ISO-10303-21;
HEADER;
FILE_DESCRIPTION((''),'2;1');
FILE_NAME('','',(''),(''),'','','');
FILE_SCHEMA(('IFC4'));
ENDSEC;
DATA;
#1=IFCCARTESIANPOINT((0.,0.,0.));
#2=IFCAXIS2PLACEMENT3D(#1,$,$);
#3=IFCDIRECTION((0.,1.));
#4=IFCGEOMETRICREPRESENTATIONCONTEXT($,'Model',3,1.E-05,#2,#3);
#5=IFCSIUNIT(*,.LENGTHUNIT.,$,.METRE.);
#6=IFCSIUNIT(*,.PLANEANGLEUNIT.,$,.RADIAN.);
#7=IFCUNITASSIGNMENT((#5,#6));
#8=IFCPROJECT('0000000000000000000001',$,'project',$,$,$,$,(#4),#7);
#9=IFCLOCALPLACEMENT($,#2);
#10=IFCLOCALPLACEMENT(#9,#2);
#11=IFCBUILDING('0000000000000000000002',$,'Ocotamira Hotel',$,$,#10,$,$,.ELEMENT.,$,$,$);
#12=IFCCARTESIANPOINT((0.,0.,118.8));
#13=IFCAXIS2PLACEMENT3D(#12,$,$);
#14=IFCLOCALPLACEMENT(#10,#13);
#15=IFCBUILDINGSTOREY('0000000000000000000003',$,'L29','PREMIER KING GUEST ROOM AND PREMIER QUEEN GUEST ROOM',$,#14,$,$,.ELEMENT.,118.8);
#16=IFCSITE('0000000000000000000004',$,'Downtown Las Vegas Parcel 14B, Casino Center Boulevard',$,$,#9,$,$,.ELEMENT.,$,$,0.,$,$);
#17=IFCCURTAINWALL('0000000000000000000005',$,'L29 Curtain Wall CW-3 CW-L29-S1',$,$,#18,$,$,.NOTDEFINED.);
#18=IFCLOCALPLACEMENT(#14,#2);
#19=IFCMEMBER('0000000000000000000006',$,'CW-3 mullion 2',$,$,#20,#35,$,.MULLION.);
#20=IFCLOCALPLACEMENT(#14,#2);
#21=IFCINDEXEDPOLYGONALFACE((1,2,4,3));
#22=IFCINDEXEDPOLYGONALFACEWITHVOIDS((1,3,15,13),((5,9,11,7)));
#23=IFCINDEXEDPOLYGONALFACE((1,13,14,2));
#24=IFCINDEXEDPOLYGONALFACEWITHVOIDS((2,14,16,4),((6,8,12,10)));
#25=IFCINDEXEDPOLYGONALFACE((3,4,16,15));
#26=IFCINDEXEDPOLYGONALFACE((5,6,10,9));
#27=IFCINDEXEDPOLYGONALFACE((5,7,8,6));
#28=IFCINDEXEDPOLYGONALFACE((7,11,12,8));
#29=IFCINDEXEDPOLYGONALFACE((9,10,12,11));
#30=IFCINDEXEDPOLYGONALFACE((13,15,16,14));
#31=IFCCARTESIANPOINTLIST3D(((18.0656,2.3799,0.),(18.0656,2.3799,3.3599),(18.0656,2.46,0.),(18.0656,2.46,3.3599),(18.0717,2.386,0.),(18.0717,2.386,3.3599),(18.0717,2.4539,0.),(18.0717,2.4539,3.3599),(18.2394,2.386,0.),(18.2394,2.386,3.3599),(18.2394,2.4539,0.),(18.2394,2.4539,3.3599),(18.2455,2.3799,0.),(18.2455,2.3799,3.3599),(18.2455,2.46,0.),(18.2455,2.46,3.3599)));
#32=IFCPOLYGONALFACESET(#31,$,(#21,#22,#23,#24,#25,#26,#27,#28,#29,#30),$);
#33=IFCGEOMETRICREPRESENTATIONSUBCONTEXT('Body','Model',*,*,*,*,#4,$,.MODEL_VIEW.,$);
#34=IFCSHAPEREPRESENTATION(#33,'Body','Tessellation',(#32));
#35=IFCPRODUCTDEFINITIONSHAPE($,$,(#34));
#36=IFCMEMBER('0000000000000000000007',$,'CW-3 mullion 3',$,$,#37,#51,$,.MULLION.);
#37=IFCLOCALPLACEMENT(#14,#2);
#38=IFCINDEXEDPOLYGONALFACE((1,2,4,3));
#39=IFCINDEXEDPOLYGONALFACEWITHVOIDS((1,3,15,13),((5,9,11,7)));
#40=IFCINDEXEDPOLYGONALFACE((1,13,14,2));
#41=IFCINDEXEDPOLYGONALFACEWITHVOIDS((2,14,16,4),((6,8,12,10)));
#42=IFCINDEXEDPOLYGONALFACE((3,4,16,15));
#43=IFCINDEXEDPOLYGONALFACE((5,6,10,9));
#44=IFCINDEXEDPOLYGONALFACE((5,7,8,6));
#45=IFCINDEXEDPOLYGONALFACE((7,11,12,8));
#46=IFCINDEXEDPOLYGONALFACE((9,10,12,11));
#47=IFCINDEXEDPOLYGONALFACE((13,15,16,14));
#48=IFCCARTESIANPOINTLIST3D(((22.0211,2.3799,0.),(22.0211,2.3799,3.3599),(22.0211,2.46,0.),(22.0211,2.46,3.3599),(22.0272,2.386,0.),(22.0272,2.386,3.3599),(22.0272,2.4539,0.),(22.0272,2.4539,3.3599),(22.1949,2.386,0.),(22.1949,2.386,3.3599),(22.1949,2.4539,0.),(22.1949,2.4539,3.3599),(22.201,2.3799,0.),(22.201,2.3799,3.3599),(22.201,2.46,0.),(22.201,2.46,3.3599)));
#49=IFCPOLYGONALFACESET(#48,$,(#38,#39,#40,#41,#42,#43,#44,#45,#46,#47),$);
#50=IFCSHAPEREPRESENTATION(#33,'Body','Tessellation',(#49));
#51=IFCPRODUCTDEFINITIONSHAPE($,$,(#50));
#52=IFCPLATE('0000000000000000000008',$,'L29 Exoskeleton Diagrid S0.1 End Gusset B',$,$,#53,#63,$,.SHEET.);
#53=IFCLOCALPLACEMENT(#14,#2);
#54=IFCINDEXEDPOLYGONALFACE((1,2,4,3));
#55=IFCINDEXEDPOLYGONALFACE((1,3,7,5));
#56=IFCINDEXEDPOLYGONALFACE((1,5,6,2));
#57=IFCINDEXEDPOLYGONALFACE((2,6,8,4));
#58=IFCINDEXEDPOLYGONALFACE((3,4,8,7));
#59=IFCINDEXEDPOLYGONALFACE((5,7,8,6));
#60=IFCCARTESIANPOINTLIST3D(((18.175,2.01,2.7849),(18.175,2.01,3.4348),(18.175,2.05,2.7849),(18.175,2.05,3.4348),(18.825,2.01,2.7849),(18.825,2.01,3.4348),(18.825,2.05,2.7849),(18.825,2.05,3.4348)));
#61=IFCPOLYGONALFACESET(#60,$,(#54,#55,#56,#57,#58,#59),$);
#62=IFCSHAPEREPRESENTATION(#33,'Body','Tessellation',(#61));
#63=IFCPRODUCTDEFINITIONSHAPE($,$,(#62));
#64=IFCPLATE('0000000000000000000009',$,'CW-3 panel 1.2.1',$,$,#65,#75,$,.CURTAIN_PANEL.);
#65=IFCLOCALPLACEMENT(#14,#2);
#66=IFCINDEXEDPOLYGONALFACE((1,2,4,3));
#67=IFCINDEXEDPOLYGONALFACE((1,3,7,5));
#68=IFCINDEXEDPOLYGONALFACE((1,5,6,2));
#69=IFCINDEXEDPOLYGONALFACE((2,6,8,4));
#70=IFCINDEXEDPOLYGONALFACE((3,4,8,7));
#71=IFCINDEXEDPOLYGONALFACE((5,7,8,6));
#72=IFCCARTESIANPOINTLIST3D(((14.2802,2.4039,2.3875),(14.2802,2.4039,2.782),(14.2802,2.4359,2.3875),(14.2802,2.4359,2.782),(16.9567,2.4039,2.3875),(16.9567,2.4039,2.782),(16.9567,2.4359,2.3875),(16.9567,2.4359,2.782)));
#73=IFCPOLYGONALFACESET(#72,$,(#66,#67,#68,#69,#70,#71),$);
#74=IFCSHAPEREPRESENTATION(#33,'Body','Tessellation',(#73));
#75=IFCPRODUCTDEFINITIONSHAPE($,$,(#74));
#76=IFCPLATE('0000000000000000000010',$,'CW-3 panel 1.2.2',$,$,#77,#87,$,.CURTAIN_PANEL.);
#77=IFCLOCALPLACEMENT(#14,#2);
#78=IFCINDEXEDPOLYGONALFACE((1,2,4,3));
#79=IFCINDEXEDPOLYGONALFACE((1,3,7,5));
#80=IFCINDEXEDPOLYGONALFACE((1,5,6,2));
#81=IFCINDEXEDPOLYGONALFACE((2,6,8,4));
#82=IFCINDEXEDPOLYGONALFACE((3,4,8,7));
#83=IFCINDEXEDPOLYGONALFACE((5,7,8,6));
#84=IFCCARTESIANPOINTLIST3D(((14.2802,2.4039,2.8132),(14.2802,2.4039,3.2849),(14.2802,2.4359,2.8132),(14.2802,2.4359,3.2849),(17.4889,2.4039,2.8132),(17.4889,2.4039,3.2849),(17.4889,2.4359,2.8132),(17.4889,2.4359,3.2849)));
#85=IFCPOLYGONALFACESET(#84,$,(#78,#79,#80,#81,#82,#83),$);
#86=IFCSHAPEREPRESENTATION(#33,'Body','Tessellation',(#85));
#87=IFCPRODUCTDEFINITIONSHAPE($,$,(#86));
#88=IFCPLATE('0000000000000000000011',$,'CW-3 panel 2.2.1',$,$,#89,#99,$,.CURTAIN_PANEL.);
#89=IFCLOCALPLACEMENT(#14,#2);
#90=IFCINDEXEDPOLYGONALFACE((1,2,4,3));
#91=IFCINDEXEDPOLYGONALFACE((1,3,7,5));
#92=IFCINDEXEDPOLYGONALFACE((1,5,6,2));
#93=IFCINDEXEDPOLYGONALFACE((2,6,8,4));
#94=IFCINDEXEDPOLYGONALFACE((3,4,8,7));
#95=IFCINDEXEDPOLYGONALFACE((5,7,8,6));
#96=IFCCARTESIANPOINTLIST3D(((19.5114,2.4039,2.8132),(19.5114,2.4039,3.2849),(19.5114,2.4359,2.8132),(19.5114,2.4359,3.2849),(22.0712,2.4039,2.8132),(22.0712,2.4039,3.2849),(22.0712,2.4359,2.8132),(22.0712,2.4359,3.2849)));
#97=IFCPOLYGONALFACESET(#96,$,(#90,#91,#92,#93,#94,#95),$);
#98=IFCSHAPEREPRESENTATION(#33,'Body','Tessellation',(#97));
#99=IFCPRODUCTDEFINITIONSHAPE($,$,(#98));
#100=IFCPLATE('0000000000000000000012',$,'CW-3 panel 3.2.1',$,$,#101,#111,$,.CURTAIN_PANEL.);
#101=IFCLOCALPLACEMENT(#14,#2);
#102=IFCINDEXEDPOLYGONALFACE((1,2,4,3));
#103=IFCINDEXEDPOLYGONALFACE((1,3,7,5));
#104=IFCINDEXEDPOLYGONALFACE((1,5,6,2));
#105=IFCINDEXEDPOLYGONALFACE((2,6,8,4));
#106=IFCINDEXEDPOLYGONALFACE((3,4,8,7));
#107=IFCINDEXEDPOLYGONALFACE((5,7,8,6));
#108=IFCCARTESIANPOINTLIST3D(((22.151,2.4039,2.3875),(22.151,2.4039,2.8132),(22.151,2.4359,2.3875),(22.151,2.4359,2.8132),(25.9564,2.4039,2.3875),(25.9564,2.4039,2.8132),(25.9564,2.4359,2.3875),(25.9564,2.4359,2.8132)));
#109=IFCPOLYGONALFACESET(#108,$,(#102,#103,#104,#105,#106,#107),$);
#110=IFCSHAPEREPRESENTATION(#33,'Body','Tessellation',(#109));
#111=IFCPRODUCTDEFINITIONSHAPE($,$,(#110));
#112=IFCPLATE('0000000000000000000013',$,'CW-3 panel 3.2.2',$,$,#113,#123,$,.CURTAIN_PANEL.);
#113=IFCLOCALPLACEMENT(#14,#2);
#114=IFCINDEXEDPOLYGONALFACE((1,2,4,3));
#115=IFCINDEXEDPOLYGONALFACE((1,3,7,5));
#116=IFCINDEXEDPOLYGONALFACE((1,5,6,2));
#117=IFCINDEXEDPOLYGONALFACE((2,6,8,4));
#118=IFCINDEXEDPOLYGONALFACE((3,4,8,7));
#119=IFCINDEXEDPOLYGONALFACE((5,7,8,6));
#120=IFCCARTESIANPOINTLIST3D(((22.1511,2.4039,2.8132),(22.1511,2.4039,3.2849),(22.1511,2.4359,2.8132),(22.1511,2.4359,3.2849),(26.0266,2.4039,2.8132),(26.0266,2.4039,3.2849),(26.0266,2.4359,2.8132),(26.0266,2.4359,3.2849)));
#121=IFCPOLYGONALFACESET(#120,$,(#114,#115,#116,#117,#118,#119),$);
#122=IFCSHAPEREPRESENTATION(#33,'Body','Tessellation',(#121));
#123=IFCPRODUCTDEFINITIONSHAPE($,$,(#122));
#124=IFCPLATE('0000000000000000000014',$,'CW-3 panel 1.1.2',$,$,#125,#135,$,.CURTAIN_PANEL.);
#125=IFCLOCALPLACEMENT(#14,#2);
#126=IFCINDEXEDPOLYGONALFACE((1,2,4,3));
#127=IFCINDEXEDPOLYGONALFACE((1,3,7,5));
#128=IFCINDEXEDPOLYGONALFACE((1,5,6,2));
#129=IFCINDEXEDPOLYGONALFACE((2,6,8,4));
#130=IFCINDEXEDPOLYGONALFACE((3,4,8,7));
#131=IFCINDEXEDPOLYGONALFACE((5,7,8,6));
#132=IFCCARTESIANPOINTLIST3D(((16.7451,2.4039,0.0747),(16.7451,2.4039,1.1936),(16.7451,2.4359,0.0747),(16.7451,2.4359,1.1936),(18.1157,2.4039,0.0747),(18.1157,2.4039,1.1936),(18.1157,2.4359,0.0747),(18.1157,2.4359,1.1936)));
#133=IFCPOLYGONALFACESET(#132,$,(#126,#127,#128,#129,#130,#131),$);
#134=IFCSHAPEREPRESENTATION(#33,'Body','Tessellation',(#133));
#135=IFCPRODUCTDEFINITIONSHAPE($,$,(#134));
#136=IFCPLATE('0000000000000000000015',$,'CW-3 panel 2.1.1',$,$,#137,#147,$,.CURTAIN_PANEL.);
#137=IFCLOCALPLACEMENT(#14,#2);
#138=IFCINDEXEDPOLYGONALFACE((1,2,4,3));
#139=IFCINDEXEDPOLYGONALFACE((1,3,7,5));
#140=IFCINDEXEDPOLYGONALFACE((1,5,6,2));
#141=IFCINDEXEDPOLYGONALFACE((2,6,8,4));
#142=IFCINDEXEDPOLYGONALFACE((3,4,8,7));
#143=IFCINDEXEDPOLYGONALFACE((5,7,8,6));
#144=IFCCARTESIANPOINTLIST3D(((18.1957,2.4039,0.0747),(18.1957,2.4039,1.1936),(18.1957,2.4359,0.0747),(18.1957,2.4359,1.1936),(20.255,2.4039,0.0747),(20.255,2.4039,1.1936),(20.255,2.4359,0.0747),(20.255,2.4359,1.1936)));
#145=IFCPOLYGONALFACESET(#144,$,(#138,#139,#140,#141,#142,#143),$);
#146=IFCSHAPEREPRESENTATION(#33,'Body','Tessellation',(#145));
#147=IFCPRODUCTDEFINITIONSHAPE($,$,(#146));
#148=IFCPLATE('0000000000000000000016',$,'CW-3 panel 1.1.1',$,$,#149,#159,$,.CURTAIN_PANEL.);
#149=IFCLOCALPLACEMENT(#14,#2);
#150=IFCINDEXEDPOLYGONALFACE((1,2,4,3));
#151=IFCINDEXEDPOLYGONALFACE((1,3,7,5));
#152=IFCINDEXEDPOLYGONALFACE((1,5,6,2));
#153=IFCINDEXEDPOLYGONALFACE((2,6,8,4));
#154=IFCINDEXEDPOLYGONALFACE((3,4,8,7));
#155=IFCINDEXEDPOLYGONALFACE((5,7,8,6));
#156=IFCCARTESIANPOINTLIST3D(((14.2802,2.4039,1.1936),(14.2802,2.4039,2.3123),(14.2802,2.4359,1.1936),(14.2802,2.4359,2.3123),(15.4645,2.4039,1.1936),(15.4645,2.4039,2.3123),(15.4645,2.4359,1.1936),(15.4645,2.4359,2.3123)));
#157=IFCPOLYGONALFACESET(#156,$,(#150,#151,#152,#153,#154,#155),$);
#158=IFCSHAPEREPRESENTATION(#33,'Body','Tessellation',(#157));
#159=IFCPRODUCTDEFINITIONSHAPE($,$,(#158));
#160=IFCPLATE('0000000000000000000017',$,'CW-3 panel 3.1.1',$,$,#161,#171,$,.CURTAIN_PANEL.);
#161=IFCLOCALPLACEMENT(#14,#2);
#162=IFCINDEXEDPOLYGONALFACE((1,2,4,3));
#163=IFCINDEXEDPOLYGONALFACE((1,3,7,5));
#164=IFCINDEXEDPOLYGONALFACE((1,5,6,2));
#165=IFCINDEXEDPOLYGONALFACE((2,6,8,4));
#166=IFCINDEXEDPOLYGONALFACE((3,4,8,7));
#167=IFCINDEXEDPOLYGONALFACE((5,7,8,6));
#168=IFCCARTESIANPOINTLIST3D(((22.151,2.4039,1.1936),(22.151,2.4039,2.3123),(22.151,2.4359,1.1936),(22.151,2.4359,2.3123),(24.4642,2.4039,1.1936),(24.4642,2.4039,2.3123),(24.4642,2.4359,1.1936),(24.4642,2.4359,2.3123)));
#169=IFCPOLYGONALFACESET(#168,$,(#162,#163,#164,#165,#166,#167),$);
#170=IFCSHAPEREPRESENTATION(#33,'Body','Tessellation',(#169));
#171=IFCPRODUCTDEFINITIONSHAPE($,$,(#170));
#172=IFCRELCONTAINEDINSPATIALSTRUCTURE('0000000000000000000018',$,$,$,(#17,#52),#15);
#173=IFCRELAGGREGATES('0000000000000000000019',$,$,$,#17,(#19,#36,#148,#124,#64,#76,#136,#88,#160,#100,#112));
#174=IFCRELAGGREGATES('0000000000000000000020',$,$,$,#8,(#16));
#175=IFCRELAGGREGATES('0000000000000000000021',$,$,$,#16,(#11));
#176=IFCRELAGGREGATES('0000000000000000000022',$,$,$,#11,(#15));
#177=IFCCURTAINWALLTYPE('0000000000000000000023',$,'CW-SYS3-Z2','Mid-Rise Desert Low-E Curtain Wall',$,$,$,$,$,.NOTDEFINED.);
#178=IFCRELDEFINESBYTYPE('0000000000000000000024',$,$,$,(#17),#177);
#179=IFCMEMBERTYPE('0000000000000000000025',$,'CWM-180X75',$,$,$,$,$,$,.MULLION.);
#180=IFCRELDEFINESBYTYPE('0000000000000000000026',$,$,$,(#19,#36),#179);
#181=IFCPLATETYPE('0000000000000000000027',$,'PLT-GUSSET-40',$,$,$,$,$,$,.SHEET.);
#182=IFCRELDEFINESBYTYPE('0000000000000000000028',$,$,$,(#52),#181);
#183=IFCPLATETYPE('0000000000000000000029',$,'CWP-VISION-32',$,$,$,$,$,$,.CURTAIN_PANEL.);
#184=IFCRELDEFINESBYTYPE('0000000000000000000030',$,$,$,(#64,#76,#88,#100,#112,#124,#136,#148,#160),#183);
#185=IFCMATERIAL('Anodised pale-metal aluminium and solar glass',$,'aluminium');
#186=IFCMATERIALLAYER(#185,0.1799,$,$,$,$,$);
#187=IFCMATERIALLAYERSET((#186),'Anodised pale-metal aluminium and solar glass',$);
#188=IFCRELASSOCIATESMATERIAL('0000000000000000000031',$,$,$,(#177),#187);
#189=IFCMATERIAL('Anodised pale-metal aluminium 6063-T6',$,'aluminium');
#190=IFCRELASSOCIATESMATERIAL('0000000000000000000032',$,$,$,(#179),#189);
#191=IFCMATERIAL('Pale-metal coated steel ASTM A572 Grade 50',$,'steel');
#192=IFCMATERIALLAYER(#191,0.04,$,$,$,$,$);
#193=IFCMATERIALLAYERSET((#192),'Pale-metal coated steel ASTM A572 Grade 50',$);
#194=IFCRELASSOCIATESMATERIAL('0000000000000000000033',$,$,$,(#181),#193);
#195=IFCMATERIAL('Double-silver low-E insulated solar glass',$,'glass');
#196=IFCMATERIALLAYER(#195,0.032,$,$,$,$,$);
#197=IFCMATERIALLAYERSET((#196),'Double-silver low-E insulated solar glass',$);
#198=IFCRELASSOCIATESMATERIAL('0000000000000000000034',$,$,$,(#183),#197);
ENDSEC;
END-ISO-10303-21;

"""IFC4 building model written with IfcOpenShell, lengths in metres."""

from ifc_helpers import new_model, si_unit, direction, frame, origin, origin_2d, place, context, subcontext, project, spatial, rectangle, hollow_rectangle, extrude, source, transform, mapped, material, layer, layer_set, material_profile, profile_set, type_object, element, aggregate, save


model = new_model("IFC4")

# Units and contexts
model_context = context("Model", 3, precision=1e-05, world=origin(), true_north=direction((0.0, 1.0)))
body_context = subcontext(model_context, "Body", "Model", "MODEL_VIEW")
ifc_project = project(units=[si_unit("LENGTHUNIT", "METRE"), si_unit("PLANEANGLEUNIT", "RADIAN")], contexts=[model_context])

# Site, building, storey
site_placement = place(None, origin())
site = spatial("IfcSite", under=ifc_project, at=site_placement, Name="Downtown Las Vegas Parcel 14B, Casino Center Boulevard", CompositionType="ELEMENT", RefElevation=0.0)
building_placement = place(site_placement, origin())
building = spatial("IfcBuilding", under=site, at=building_placement, Name="Ocotamira Hotel", CompositionType="ELEMENT")
storey_placement = place(building_placement, frame((0.0, 0.0, 118.8)))
storey = spatial("IfcBuildingStorey", under=building, at=storey_placement, Name="L29", Description="PREMIER KING GUEST ROOM AND PREMIER QUEEN GUEST ROOM", CompositionType="ELEMENT", Elevation=118.8)

# Curtain wall, members
ifc_material_1 = material(Name="Anodised pale-metal aluminium and solar glass", Category="aluminium")
ifc_layer_1 = layer(ifc_material_1, 0.1799)
ifc_layer_set_1 = layer_set([ifc_layer_1], Name="Anodised pale-metal aluminium and solar glass")
curtain_wall_type = type_object("IfcCurtainWallType", Name="CW-SYS3-Z2", Description="Mid-Rise Desert Low-E Curtain Wall", PredefinedType="NOTDEFINED", material=ifc_layer_set_1)
curtain_wall_placement = place(storey_placement, origin())
curtain_wall = element("IfcCurtainWall", 1, at=curtain_wall_placement, inside=storey, type_object=curtain_wall_type, Name="L29 Curtain Wall CW-3 CW-L29-S1", PredefinedType="NOTDEFINED")
ifc_material_2 = material(Name="Anodised pale-metal aluminium 6063-T6", Category="aluminium")
ifc_material_profile_1 = material_profile(ifc_material_2, hollow_rectangle(XDim=0.0801, YDim=0.1799, WallThickness=0.0061, at=origin_2d()), Name="HSS180X80X6")
ifc_profile_set_1 = profile_set([ifc_material_profile_1], Name="Anodised pale-metal aluminium 6063-T6")
member_type_1 = type_object("IfcMemberType", Name="CWM-180X75", PredefinedType="MULLION", material=ifc_profile_set_1)
shared_shape_1 = source(origin(), body_context, "Body", "SweptSolid", [
    extrude(hollow_rectangle(XDim=0.0801, YDim=0.1799, WallThickness=0.0061, at=origin_2d()), origin(), (0.0, 0.0, 1.0), 3.3599),
])
member_1_placement = place(storey_placement, frame((18.1555, 2.4199, 0.0), z_axis=(0.0, 0.0, 1.0), x_axis=(0.0, 1.0, 0.0)))
member_1 = element("IfcMember", 2, at=member_1_placement, type_object=member_type_1, Name="CW-3 mullion 2", PredefinedType="MULLION", context=body_context, shape_type="MappedRepresentation", body=[
    mapped(shared_shape_1, transform((0.0, 0.0, 0.0), scale=1.0)),
])
member_2_placement = place(storey_placement, frame((22.1111, 2.4199, 0.0), z_axis=(0.0, 0.0, 1.0), x_axis=(0.0, 1.0, 0.0)))
member_2 = element("IfcMember", 3, at=member_2_placement, type_object=member_type_1, Name="CW-3 mullion 3", PredefinedType="MULLION", context=body_context, shape_type="MappedRepresentation", body=[
    mapped(shared_shape_1, transform((0.0, 0.0, 0.0), scale=1.0)),
])

# Plates
ifc_material_3 = material(Name="Pale-metal coated steel ASTM A572 Grade 50", Category="steel")
ifc_layer_2 = layer(ifc_material_3, 0.04)
ifc_layer_set_2 = layer_set([ifc_layer_2], Name="Pale-metal coated steel ASTM A572 Grade 50")
plate_type_1 = type_object("IfcPlateType", Name="PLT-GUSSET-40", PredefinedType="SHEET", material=ifc_layer_set_2)
shared_shape_2 = source(origin(), body_context, "Body", "SweptSolid", [
    extrude(rectangle(XDim=0.6499, YDim=0.04, at=origin_2d()), origin(), (0.0, 0.0, 1.0), 0.6499),
])
plate_1_placement = place(storey_placement, frame((18.5, 2.03, 2.7849), z_axis=(0.0, 0.0, 1.0), x_axis=(1.0, 0.0, 0.0)))
element("IfcPlate", 4, at=plate_1_placement, inside=storey, type_object=plate_type_1, Name="L29 Exoskeleton Diagrid S0.1 End Gusset B", PredefinedType="SHEET", context=body_context, shape_type="MappedRepresentation", body=[
    mapped(shared_shape_2, transform((0.0, 0.0, 0.0), scale=1.0)),
])
ifc_material_4 = material(Name="Double-silver low-E insulated solar glass", Category="glass")
ifc_layer_3 = layer(ifc_material_4, 0.032)
ifc_layer_set_3 = layer_set([ifc_layer_3], Name="Double-silver low-E insulated solar glass")
plate_type_2 = type_object("IfcPlateType", Name="CWP-VISION-32", PredefinedType="CURTAIN_PANEL", material=ifc_layer_set_3)
shared_shape_3 = source(origin(), body_context, "Body", "SweptSolid", [
    extrude(rectangle(XDim=2.6765, YDim=0.032, at=origin_2d()), origin(), (0.0, 0.0, 1.0), 0.3945),
])
plate_2_placement = place(storey_placement, frame((15.6184, 2.4199, 2.3875), z_axis=(0.0, 0.0, 1.0), x_axis=(1.0, 0.0, 0.0)))
plate_2 = element("IfcPlate", 5, at=plate_2_placement, type_object=plate_type_2, Name="CW-3 panel 1.2.1", PredefinedType="CURTAIN_PANEL", context=body_context, shape_type="MappedRepresentation", body=[
    mapped(shared_shape_3, transform((0.0, 0.0, 0.0), scale=1.0)),
])
shared_shape_4 = source(origin(), body_context, "Body", "SweptSolid", [
    extrude(rectangle(XDim=3.2087, YDim=0.032, at=origin_2d()), origin(), (0.0, 0.0, 1.0), 0.4717),
])
plate_3_placement = place(storey_placement, frame((15.8845, 2.4199, 2.8132), z_axis=(0.0, 0.0, 1.0), x_axis=(1.0, 0.0, 0.0)))
plate_3 = element("IfcPlate", 6, at=plate_3_placement, type_object=plate_type_2, Name="CW-3 panel 1.2.2", PredefinedType="CURTAIN_PANEL", context=body_context, shape_type="MappedRepresentation", body=[
    mapped(shared_shape_4, transform((0.0, 0.0, 0.0), scale=1.0)),
])
shared_shape_5 = source(origin(), body_context, "Body", "SweptSolid", [
    extrude(rectangle(XDim=2.5598, YDim=0.032, at=origin_2d()), origin(), (0.0, 0.0, 1.0), 0.4717),
])
plate_4_placement = place(storey_placement, frame((20.7913, 2.4199, 2.8132), z_axis=(0.0, 0.0, 1.0), x_axis=(1.0, 0.0, 0.0)))
plate_4 = element("IfcPlate", 7, at=plate_4_placement, type_object=plate_type_2, Name="CW-3 panel 2.2.1", PredefinedType="CURTAIN_PANEL", context=body_context, shape_type="MappedRepresentation", body=[
    mapped(shared_shape_5, transform((0.0, 0.0, 0.0), scale=1.0)),
])
shared_shape_6 = source(origin(), body_context, "Body", "SweptSolid", [
    extrude(rectangle(XDim=3.8054, YDim=0.032, at=origin_2d()), origin(), (0.0, 0.0, 1.0), 0.4258),
])
plate_5_placement = place(storey_placement, frame((24.0537, 2.4199, 2.3875), z_axis=(0.0, 0.0, 1.0), x_axis=(1.0, 0.0, 0.0)))
plate_5 = element("IfcPlate", 8, at=plate_5_placement, type_object=plate_type_2, Name="CW-3 panel 3.2.1", PredefinedType="CURTAIN_PANEL", context=body_context, shape_type="MappedRepresentation", body=[
    mapped(shared_shape_6, transform((0.0, 0.0, 0.0), scale=1.0)),
])
shared_shape_7 = source(origin(), body_context, "Body", "SweptSolid", [
    extrude(rectangle(XDim=3.8755, YDim=0.032, at=origin_2d()), origin(), (0.0, 0.0, 1.0), 0.4717),
])
plate_6_placement = place(storey_placement, frame((24.0889, 2.4199, 2.8132), z_axis=(0.0, 0.0, 1.0), x_axis=(1.0, 0.0, 0.0)))
plate_6 = element("IfcPlate", 9, at=plate_6_placement, type_object=plate_type_2, Name="CW-3 panel 3.2.2", PredefinedType="CURTAIN_PANEL", context=body_context, shape_type="MappedRepresentation", body=[
    mapped(shared_shape_7, transform((0.0, 0.0, 0.0), scale=1.0)),
])
shared_shape_8 = source(origin(), body_context, "Body", "SweptSolid", [
    extrude(rectangle(XDim=1.3706, YDim=0.032, at=origin_2d()), origin(), (0.0, 0.0, 1.0), 1.1189),
])
plate_7_placement = place(storey_placement, frame((17.4304, 2.4199, 0.0747), z_axis=(0.0, 0.0, 1.0), x_axis=(1.0, 0.0, 0.0)))
plate_7 = element("IfcPlate", 10, at=plate_7_placement, type_object=plate_type_2, Name="CW-3 panel 1.1.2", PredefinedType="CURTAIN_PANEL", context=body_context, shape_type="MappedRepresentation", body=[
    mapped(shared_shape_8, transform((0.0, 0.0, 0.0), scale=1.0)),
])
shared_shape_9 = source(origin(), body_context, "Body", "SweptSolid", [
    extrude(rectangle(XDim=2.0593, YDim=0.032, at=origin_2d()), origin(), (0.0, 0.0, 1.0), 1.1189),
])
plate_8_placement = place(storey_placement, frame((19.2253, 2.4199, 0.0747), z_axis=(0.0, 0.0, 1.0), x_axis=(1.0, 0.0, 0.0)))
plate_8 = element("IfcPlate", 11, at=plate_8_placement, type_object=plate_type_2, Name="CW-3 panel 2.1.1", PredefinedType="CURTAIN_PANEL", context=body_context, shape_type="MappedRepresentation", body=[
    mapped(shared_shape_9, transform((0.0, 0.0, 0.0), scale=1.0)),
])
shared_shape_10 = source(origin(), body_context, "Body", "SweptSolid", [
    extrude(rectangle(XDim=1.1843, YDim=0.032, at=origin_2d()), origin(), (0.0, 0.0, 1.0), 1.1187),
])
plate_9_placement = place(storey_placement, frame((14.8723, 2.4199, 1.1936), z_axis=(0.0, 0.0, 1.0), x_axis=(1.0, 0.0, 0.0)))
plate_9 = element("IfcPlate", 12, at=plate_9_placement, type_object=plate_type_2, Name="CW-3 panel 1.1.1", PredefinedType="CURTAIN_PANEL", context=body_context, shape_type="MappedRepresentation", body=[
    mapped(shared_shape_10, transform((0.0, 0.0, 0.0), scale=1.0)),
])
shared_shape_11 = source(origin(), body_context, "Body", "SweptSolid", [
    extrude(rectangle(XDim=2.3132, YDim=0.032, at=origin_2d()), origin(), (0.0, 0.0, 1.0), 1.1187),
])
plate_10_placement = place(storey_placement, frame((23.3076, 2.4199, 1.1936), z_axis=(0.0, 0.0, 1.0), x_axis=(1.0, 0.0, 0.0)))
plate_10 = element("IfcPlate", 13, at=plate_10_placement, type_object=plate_type_2, Name="CW-3 panel 3.1.1", PredefinedType="CURTAIN_PANEL", context=body_context, shape_type="MappedRepresentation", body=[
    mapped(shared_shape_11, transform((0.0, 0.0, 0.0), scale=1.0)),
])
aggregate(curtain_wall, [member_1, member_2, plate_9, plate_7, plate_2, plate_3, plate_8, plate_4, plate_10, plate_5, plate_6])

save(model, "model.ifc")
